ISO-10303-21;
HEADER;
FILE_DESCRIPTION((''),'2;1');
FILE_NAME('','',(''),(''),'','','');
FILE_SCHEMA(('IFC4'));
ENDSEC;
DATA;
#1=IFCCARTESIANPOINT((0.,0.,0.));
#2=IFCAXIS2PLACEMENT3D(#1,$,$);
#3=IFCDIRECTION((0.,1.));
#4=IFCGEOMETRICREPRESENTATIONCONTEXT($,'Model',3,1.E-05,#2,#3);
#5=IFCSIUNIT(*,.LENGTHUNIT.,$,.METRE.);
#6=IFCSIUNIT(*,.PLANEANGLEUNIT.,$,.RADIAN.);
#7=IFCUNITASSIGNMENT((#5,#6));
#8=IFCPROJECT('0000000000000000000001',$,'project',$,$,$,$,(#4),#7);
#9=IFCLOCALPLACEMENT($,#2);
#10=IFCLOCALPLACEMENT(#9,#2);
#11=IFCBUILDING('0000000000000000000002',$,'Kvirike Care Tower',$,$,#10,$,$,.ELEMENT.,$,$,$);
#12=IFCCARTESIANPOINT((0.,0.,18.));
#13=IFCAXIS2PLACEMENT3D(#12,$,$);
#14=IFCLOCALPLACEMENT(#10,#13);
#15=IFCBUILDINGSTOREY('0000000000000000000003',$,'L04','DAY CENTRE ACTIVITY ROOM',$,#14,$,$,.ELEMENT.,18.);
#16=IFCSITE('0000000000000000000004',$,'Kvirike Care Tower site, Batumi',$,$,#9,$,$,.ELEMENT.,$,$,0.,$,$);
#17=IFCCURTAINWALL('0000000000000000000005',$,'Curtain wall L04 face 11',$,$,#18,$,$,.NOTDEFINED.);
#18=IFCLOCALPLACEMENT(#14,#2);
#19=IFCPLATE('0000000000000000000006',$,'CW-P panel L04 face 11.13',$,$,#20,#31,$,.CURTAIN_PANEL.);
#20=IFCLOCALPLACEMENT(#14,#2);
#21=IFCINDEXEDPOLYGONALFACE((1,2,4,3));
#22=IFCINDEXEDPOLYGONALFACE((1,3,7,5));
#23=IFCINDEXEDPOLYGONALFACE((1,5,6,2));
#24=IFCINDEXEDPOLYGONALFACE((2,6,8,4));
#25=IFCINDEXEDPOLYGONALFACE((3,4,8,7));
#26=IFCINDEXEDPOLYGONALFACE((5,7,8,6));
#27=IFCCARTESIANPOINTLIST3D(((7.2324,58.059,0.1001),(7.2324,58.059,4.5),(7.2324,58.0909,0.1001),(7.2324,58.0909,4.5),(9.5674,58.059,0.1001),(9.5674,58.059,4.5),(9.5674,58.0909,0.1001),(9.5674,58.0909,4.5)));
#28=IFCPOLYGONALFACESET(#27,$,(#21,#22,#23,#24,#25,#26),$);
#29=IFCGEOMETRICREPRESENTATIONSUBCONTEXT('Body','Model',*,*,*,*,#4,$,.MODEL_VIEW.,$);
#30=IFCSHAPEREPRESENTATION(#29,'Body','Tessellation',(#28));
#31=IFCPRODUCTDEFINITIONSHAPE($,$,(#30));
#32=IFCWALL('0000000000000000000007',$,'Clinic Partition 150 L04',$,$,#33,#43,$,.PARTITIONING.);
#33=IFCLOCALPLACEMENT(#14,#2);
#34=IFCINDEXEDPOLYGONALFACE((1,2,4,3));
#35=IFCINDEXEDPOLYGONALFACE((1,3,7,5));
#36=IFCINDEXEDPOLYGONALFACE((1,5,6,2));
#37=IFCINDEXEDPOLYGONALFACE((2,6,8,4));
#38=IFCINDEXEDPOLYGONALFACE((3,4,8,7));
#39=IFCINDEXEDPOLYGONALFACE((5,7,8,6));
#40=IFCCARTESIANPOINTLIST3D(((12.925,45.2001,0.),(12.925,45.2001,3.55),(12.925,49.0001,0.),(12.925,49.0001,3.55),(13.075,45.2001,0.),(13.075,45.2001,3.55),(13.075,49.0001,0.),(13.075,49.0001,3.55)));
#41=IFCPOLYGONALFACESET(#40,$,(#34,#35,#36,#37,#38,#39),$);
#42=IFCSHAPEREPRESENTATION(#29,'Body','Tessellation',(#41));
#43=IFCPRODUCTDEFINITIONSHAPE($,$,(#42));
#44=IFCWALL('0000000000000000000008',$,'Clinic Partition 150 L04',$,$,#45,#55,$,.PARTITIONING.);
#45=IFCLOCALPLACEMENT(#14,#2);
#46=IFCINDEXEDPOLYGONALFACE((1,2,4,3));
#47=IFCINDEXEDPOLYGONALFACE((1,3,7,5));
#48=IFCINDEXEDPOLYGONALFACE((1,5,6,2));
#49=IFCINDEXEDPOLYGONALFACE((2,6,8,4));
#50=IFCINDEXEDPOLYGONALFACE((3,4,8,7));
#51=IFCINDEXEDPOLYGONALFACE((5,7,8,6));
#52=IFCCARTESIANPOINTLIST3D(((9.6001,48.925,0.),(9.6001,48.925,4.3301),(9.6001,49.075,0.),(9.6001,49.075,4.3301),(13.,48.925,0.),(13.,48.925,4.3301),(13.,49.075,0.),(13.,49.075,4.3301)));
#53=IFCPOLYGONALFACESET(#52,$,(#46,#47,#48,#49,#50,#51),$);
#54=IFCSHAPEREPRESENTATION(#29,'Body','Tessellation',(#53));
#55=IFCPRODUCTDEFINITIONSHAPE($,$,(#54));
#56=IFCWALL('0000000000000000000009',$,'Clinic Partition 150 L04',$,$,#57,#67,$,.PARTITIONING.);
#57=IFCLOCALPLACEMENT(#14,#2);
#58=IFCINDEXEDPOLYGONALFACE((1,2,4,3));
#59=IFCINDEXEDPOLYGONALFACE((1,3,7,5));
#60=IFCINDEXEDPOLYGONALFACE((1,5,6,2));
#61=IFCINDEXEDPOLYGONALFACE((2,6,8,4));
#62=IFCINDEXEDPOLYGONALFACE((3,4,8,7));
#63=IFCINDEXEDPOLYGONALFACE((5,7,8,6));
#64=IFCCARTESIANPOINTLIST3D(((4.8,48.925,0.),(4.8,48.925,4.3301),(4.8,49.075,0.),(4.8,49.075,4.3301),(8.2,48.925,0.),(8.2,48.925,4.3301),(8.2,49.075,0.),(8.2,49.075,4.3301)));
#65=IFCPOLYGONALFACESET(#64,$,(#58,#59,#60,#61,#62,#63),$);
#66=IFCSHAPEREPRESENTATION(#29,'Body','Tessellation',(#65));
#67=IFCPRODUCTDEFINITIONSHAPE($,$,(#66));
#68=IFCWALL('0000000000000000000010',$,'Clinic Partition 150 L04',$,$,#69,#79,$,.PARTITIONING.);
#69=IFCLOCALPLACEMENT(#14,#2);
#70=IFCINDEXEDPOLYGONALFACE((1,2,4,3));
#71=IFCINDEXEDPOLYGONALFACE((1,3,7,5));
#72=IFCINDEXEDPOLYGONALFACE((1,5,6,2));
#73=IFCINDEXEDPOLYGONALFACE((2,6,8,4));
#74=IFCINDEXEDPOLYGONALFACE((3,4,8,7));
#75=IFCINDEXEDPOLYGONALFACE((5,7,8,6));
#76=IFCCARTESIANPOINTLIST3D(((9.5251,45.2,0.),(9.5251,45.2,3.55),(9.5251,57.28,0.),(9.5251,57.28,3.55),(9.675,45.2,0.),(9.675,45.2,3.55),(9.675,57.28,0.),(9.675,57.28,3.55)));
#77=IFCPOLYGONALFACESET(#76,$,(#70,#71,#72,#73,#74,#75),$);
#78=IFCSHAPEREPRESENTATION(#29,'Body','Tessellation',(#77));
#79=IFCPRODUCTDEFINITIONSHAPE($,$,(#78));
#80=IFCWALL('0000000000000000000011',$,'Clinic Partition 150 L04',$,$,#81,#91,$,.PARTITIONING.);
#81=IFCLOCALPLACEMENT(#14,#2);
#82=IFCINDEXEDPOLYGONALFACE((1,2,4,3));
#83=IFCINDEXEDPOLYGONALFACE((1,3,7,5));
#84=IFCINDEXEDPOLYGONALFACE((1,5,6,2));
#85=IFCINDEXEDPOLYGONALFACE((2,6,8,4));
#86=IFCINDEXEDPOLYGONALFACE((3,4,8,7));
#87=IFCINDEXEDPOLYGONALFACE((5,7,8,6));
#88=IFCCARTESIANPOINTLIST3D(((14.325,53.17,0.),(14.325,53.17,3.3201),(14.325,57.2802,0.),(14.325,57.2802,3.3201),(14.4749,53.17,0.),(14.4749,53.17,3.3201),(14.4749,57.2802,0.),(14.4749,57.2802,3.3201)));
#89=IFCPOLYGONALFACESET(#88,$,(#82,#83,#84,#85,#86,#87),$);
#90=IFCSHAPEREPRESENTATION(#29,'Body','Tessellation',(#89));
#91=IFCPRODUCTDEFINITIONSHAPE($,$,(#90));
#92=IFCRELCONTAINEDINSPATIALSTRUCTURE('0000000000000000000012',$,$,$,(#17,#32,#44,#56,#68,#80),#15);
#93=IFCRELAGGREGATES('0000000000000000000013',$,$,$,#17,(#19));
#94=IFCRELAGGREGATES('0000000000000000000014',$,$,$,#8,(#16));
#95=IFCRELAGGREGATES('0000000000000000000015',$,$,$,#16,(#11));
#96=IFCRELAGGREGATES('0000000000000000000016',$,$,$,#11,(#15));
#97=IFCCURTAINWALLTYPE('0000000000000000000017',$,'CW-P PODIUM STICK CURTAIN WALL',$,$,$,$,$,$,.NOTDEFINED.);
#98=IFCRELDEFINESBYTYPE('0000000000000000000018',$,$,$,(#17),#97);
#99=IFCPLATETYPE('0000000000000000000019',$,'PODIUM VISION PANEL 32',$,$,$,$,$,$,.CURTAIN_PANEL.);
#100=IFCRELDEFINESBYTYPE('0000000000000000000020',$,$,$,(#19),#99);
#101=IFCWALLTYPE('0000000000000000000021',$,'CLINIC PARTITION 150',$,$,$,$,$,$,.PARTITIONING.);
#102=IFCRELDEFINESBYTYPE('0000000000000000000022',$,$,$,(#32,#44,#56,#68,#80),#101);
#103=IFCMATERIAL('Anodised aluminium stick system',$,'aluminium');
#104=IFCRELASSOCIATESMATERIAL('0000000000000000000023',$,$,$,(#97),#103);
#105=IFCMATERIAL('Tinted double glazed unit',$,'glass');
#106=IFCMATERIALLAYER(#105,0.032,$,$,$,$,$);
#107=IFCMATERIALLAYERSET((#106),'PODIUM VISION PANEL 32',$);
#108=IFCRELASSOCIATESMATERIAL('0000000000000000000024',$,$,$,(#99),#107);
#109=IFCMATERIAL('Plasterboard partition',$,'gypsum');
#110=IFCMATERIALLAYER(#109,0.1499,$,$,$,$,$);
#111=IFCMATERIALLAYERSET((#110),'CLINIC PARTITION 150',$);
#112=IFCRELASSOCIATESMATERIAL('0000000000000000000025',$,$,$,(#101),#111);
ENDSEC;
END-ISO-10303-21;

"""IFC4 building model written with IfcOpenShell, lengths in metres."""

from ifc_helpers import new_model, si_unit, direction, frame, frame_2d, origin, origin_2d, place, context, subcontext, project, spatial, rectangle, extrude, material, layer, layer_set, type_object, element, aggregate, save


model = new_model("IFC4")

# Units and contexts
model_context = context("Model", 3, precision=1e-05, world=origin(), true_north=direction((0.0, 1.0)))
body_context = subcontext(model_context, "Body", "Model", "MODEL_VIEW")
ifc_project = project(units=[si_unit("LENGTHUNIT", "METRE"), si_unit("PLANEANGLEUNIT", "RADIAN")], contexts=[model_context])

# Site, building, storey
site_placement = place(None, origin())
site = spatial("IfcSite", under=ifc_project, at=site_placement, Name="Kvirike Care Tower site, Batumi", CompositionType="ELEMENT", RefElevation=0.0)
building_placement = place(site_placement, origin())
building = spatial("IfcBuilding", under=site, at=building_placement, Name="Kvirike Care Tower", CompositionType="ELEMENT")
storey_placement = place(building_placement, frame((0.0, 0.0, 18.0)))
storey = spatial("IfcBuildingStorey", under=building, at=storey_placement, Name="L04", Description="DAY CENTRE ACTIVITY ROOM", CompositionType="ELEMENT", Elevation=18.0)

# Curtain wall
ifc_material_1 = material(Name="Anodised aluminium stick system", Category="aluminium")
curtain_wall_type = type_object("IfcCurtainWallType", Name="CW-P PODIUM STICK CURTAIN WALL", PredefinedType="NOTDEFINED", material=ifc_material_1)
curtain_wall_placement = place(storey_placement, origin())
curtain_wall = element("IfcCurtainWall", 1, at=curtain_wall_placement, inside=storey, type_object=curtain_wall_type, Name="Curtain wall L04 face 11", PredefinedType="NOTDEFINED")

# Plate
ifc_material_2 = material(Name="Tinted double glazed unit", Category="glass")
ifc_layer_1 = layer(ifc_material_2, 0.032)
ifc_layer_set_1 = layer_set([ifc_layer_1], Name="PODIUM VISION PANEL 32")
plate_type = type_object("IfcPlateType", Name="PODIUM VISION PANEL 32", PredefinedType="CURTAIN_PANEL", material=ifc_layer_set_1)
plate_1_placement = place(storey_placement, frame((8.3999, 58.075, 0.1001), z_axis=(0.0, 0.0, 1.0), x_axis=(-1.0, 0.0, 0.0)))
plate_1 = element("IfcPlate", 2, at=plate_1_placement, type_object=plate_type, Name="CW-P panel L04 face 11.13", PredefinedType="CURTAIN_PANEL", context=body_context, shape_type="SweptSolid", body=[
    extrude(rectangle(XDim=2.335, YDim=0.032, at=origin_2d()), origin(), (0.0, 0.0, 1.0), 4.3999),
])
aggregate(curtain_wall, [plate_1])

# Walls
ifc_material_3 = material(Name="Plasterboard partition", Category="gypsum")
ifc_layer_2 = layer(ifc_material_3, 0.1499)
ifc_layer_set_2 = layer_set([ifc_layer_2], Name="CLINIC PARTITION 150")
wall_type = type_object("IfcWallType", Name="CLINIC PARTITION 150", PredefinedType="PARTITIONING", material=ifc_layer_set_2)
wall_1_placement = place(storey_placement, frame((13.0, 49.0, 0.0), z_axis=(0.0, 0.0, 1.0), x_axis=(0.0, -1.0, 0.0)))
element("IfcWall", 3, at=wall_1_placement, inside=storey, type_object=wall_type, Name="Clinic Partition 150 L04", PredefinedType="PARTITIONING", context=body_context, shape_type="SweptSolid", body=[
    extrude(rectangle(XDim=3.8, YDim=0.1499, at=frame_2d((1.8999, 0.0))), origin(), (0.0, 0.0, 1.0), 3.55),
])
for number, where, z_axis, x_axis, name in (
    (4, (13.0, 49.0, 0.0), (0.0, 0.0, 1.0), (-1.0, 0.0, 0.0), "Clinic Partition 150 L04"),
    (5, (8.2, 49.0, 0.0), (0.0, 0.0, 1.0), (-1.0, 0.0, 0.0), "Clinic Partition 150 L04"),
):
    element("IfcWall", number, at=place(storey_placement, frame(where, z_axis=z_axis, x_axis=x_axis)), inside=storey, type_object=wall_type, Name=name, PredefinedType="PARTITIONING", context=body_context, shape_type="SweptSolid", body=[
        extrude(rectangle(XDim=3.3999, YDim=0.1499, at=frame_2d((1.7, 0.0))), origin(), (0.0, 0.0, 1.0), 4.3301),
    ])
wall_2_placement = place(storey_placement, frame((9.6001, 57.28, 0.0), z_axis=(0.0, 0.0, 1.0), x_axis=(0.0, -1.0, 0.0)))
element("IfcWall", 6, at=wall_2_placement, inside=storey, type_object=wall_type, Name="Clinic Partition 150 L04", PredefinedType="PARTITIONING", context=body_context, shape_type="SweptSolid", body=[
    extrude(rectangle(XDim=12.0801, YDim=0.1499, at=frame_2d((6.04, 0.0))), origin(), (0.0, 0.0, 1.0), 3.55),
])
wall_3_placement = place(storey_placement, frame((14.3999, 53.1699, 0.0), z_axis=(0.0, 0.0, 1.0), x_axis=(0.0, 1.0, 0.0)))
element("IfcWall", 7, at=wall_3_placement, inside=storey, type_object=wall_type, Name="Clinic Partition 150 L04", PredefinedType="PARTITIONING", context=body_context, shape_type="SweptSolid", body=[
    extrude(rectangle(XDim=4.1101, YDim=0.1499, at=frame_2d((2.0552, 0.0))), origin(), (0.0, 0.0, 1.0), 3.3201),
])

save(model, "model.ifc")
